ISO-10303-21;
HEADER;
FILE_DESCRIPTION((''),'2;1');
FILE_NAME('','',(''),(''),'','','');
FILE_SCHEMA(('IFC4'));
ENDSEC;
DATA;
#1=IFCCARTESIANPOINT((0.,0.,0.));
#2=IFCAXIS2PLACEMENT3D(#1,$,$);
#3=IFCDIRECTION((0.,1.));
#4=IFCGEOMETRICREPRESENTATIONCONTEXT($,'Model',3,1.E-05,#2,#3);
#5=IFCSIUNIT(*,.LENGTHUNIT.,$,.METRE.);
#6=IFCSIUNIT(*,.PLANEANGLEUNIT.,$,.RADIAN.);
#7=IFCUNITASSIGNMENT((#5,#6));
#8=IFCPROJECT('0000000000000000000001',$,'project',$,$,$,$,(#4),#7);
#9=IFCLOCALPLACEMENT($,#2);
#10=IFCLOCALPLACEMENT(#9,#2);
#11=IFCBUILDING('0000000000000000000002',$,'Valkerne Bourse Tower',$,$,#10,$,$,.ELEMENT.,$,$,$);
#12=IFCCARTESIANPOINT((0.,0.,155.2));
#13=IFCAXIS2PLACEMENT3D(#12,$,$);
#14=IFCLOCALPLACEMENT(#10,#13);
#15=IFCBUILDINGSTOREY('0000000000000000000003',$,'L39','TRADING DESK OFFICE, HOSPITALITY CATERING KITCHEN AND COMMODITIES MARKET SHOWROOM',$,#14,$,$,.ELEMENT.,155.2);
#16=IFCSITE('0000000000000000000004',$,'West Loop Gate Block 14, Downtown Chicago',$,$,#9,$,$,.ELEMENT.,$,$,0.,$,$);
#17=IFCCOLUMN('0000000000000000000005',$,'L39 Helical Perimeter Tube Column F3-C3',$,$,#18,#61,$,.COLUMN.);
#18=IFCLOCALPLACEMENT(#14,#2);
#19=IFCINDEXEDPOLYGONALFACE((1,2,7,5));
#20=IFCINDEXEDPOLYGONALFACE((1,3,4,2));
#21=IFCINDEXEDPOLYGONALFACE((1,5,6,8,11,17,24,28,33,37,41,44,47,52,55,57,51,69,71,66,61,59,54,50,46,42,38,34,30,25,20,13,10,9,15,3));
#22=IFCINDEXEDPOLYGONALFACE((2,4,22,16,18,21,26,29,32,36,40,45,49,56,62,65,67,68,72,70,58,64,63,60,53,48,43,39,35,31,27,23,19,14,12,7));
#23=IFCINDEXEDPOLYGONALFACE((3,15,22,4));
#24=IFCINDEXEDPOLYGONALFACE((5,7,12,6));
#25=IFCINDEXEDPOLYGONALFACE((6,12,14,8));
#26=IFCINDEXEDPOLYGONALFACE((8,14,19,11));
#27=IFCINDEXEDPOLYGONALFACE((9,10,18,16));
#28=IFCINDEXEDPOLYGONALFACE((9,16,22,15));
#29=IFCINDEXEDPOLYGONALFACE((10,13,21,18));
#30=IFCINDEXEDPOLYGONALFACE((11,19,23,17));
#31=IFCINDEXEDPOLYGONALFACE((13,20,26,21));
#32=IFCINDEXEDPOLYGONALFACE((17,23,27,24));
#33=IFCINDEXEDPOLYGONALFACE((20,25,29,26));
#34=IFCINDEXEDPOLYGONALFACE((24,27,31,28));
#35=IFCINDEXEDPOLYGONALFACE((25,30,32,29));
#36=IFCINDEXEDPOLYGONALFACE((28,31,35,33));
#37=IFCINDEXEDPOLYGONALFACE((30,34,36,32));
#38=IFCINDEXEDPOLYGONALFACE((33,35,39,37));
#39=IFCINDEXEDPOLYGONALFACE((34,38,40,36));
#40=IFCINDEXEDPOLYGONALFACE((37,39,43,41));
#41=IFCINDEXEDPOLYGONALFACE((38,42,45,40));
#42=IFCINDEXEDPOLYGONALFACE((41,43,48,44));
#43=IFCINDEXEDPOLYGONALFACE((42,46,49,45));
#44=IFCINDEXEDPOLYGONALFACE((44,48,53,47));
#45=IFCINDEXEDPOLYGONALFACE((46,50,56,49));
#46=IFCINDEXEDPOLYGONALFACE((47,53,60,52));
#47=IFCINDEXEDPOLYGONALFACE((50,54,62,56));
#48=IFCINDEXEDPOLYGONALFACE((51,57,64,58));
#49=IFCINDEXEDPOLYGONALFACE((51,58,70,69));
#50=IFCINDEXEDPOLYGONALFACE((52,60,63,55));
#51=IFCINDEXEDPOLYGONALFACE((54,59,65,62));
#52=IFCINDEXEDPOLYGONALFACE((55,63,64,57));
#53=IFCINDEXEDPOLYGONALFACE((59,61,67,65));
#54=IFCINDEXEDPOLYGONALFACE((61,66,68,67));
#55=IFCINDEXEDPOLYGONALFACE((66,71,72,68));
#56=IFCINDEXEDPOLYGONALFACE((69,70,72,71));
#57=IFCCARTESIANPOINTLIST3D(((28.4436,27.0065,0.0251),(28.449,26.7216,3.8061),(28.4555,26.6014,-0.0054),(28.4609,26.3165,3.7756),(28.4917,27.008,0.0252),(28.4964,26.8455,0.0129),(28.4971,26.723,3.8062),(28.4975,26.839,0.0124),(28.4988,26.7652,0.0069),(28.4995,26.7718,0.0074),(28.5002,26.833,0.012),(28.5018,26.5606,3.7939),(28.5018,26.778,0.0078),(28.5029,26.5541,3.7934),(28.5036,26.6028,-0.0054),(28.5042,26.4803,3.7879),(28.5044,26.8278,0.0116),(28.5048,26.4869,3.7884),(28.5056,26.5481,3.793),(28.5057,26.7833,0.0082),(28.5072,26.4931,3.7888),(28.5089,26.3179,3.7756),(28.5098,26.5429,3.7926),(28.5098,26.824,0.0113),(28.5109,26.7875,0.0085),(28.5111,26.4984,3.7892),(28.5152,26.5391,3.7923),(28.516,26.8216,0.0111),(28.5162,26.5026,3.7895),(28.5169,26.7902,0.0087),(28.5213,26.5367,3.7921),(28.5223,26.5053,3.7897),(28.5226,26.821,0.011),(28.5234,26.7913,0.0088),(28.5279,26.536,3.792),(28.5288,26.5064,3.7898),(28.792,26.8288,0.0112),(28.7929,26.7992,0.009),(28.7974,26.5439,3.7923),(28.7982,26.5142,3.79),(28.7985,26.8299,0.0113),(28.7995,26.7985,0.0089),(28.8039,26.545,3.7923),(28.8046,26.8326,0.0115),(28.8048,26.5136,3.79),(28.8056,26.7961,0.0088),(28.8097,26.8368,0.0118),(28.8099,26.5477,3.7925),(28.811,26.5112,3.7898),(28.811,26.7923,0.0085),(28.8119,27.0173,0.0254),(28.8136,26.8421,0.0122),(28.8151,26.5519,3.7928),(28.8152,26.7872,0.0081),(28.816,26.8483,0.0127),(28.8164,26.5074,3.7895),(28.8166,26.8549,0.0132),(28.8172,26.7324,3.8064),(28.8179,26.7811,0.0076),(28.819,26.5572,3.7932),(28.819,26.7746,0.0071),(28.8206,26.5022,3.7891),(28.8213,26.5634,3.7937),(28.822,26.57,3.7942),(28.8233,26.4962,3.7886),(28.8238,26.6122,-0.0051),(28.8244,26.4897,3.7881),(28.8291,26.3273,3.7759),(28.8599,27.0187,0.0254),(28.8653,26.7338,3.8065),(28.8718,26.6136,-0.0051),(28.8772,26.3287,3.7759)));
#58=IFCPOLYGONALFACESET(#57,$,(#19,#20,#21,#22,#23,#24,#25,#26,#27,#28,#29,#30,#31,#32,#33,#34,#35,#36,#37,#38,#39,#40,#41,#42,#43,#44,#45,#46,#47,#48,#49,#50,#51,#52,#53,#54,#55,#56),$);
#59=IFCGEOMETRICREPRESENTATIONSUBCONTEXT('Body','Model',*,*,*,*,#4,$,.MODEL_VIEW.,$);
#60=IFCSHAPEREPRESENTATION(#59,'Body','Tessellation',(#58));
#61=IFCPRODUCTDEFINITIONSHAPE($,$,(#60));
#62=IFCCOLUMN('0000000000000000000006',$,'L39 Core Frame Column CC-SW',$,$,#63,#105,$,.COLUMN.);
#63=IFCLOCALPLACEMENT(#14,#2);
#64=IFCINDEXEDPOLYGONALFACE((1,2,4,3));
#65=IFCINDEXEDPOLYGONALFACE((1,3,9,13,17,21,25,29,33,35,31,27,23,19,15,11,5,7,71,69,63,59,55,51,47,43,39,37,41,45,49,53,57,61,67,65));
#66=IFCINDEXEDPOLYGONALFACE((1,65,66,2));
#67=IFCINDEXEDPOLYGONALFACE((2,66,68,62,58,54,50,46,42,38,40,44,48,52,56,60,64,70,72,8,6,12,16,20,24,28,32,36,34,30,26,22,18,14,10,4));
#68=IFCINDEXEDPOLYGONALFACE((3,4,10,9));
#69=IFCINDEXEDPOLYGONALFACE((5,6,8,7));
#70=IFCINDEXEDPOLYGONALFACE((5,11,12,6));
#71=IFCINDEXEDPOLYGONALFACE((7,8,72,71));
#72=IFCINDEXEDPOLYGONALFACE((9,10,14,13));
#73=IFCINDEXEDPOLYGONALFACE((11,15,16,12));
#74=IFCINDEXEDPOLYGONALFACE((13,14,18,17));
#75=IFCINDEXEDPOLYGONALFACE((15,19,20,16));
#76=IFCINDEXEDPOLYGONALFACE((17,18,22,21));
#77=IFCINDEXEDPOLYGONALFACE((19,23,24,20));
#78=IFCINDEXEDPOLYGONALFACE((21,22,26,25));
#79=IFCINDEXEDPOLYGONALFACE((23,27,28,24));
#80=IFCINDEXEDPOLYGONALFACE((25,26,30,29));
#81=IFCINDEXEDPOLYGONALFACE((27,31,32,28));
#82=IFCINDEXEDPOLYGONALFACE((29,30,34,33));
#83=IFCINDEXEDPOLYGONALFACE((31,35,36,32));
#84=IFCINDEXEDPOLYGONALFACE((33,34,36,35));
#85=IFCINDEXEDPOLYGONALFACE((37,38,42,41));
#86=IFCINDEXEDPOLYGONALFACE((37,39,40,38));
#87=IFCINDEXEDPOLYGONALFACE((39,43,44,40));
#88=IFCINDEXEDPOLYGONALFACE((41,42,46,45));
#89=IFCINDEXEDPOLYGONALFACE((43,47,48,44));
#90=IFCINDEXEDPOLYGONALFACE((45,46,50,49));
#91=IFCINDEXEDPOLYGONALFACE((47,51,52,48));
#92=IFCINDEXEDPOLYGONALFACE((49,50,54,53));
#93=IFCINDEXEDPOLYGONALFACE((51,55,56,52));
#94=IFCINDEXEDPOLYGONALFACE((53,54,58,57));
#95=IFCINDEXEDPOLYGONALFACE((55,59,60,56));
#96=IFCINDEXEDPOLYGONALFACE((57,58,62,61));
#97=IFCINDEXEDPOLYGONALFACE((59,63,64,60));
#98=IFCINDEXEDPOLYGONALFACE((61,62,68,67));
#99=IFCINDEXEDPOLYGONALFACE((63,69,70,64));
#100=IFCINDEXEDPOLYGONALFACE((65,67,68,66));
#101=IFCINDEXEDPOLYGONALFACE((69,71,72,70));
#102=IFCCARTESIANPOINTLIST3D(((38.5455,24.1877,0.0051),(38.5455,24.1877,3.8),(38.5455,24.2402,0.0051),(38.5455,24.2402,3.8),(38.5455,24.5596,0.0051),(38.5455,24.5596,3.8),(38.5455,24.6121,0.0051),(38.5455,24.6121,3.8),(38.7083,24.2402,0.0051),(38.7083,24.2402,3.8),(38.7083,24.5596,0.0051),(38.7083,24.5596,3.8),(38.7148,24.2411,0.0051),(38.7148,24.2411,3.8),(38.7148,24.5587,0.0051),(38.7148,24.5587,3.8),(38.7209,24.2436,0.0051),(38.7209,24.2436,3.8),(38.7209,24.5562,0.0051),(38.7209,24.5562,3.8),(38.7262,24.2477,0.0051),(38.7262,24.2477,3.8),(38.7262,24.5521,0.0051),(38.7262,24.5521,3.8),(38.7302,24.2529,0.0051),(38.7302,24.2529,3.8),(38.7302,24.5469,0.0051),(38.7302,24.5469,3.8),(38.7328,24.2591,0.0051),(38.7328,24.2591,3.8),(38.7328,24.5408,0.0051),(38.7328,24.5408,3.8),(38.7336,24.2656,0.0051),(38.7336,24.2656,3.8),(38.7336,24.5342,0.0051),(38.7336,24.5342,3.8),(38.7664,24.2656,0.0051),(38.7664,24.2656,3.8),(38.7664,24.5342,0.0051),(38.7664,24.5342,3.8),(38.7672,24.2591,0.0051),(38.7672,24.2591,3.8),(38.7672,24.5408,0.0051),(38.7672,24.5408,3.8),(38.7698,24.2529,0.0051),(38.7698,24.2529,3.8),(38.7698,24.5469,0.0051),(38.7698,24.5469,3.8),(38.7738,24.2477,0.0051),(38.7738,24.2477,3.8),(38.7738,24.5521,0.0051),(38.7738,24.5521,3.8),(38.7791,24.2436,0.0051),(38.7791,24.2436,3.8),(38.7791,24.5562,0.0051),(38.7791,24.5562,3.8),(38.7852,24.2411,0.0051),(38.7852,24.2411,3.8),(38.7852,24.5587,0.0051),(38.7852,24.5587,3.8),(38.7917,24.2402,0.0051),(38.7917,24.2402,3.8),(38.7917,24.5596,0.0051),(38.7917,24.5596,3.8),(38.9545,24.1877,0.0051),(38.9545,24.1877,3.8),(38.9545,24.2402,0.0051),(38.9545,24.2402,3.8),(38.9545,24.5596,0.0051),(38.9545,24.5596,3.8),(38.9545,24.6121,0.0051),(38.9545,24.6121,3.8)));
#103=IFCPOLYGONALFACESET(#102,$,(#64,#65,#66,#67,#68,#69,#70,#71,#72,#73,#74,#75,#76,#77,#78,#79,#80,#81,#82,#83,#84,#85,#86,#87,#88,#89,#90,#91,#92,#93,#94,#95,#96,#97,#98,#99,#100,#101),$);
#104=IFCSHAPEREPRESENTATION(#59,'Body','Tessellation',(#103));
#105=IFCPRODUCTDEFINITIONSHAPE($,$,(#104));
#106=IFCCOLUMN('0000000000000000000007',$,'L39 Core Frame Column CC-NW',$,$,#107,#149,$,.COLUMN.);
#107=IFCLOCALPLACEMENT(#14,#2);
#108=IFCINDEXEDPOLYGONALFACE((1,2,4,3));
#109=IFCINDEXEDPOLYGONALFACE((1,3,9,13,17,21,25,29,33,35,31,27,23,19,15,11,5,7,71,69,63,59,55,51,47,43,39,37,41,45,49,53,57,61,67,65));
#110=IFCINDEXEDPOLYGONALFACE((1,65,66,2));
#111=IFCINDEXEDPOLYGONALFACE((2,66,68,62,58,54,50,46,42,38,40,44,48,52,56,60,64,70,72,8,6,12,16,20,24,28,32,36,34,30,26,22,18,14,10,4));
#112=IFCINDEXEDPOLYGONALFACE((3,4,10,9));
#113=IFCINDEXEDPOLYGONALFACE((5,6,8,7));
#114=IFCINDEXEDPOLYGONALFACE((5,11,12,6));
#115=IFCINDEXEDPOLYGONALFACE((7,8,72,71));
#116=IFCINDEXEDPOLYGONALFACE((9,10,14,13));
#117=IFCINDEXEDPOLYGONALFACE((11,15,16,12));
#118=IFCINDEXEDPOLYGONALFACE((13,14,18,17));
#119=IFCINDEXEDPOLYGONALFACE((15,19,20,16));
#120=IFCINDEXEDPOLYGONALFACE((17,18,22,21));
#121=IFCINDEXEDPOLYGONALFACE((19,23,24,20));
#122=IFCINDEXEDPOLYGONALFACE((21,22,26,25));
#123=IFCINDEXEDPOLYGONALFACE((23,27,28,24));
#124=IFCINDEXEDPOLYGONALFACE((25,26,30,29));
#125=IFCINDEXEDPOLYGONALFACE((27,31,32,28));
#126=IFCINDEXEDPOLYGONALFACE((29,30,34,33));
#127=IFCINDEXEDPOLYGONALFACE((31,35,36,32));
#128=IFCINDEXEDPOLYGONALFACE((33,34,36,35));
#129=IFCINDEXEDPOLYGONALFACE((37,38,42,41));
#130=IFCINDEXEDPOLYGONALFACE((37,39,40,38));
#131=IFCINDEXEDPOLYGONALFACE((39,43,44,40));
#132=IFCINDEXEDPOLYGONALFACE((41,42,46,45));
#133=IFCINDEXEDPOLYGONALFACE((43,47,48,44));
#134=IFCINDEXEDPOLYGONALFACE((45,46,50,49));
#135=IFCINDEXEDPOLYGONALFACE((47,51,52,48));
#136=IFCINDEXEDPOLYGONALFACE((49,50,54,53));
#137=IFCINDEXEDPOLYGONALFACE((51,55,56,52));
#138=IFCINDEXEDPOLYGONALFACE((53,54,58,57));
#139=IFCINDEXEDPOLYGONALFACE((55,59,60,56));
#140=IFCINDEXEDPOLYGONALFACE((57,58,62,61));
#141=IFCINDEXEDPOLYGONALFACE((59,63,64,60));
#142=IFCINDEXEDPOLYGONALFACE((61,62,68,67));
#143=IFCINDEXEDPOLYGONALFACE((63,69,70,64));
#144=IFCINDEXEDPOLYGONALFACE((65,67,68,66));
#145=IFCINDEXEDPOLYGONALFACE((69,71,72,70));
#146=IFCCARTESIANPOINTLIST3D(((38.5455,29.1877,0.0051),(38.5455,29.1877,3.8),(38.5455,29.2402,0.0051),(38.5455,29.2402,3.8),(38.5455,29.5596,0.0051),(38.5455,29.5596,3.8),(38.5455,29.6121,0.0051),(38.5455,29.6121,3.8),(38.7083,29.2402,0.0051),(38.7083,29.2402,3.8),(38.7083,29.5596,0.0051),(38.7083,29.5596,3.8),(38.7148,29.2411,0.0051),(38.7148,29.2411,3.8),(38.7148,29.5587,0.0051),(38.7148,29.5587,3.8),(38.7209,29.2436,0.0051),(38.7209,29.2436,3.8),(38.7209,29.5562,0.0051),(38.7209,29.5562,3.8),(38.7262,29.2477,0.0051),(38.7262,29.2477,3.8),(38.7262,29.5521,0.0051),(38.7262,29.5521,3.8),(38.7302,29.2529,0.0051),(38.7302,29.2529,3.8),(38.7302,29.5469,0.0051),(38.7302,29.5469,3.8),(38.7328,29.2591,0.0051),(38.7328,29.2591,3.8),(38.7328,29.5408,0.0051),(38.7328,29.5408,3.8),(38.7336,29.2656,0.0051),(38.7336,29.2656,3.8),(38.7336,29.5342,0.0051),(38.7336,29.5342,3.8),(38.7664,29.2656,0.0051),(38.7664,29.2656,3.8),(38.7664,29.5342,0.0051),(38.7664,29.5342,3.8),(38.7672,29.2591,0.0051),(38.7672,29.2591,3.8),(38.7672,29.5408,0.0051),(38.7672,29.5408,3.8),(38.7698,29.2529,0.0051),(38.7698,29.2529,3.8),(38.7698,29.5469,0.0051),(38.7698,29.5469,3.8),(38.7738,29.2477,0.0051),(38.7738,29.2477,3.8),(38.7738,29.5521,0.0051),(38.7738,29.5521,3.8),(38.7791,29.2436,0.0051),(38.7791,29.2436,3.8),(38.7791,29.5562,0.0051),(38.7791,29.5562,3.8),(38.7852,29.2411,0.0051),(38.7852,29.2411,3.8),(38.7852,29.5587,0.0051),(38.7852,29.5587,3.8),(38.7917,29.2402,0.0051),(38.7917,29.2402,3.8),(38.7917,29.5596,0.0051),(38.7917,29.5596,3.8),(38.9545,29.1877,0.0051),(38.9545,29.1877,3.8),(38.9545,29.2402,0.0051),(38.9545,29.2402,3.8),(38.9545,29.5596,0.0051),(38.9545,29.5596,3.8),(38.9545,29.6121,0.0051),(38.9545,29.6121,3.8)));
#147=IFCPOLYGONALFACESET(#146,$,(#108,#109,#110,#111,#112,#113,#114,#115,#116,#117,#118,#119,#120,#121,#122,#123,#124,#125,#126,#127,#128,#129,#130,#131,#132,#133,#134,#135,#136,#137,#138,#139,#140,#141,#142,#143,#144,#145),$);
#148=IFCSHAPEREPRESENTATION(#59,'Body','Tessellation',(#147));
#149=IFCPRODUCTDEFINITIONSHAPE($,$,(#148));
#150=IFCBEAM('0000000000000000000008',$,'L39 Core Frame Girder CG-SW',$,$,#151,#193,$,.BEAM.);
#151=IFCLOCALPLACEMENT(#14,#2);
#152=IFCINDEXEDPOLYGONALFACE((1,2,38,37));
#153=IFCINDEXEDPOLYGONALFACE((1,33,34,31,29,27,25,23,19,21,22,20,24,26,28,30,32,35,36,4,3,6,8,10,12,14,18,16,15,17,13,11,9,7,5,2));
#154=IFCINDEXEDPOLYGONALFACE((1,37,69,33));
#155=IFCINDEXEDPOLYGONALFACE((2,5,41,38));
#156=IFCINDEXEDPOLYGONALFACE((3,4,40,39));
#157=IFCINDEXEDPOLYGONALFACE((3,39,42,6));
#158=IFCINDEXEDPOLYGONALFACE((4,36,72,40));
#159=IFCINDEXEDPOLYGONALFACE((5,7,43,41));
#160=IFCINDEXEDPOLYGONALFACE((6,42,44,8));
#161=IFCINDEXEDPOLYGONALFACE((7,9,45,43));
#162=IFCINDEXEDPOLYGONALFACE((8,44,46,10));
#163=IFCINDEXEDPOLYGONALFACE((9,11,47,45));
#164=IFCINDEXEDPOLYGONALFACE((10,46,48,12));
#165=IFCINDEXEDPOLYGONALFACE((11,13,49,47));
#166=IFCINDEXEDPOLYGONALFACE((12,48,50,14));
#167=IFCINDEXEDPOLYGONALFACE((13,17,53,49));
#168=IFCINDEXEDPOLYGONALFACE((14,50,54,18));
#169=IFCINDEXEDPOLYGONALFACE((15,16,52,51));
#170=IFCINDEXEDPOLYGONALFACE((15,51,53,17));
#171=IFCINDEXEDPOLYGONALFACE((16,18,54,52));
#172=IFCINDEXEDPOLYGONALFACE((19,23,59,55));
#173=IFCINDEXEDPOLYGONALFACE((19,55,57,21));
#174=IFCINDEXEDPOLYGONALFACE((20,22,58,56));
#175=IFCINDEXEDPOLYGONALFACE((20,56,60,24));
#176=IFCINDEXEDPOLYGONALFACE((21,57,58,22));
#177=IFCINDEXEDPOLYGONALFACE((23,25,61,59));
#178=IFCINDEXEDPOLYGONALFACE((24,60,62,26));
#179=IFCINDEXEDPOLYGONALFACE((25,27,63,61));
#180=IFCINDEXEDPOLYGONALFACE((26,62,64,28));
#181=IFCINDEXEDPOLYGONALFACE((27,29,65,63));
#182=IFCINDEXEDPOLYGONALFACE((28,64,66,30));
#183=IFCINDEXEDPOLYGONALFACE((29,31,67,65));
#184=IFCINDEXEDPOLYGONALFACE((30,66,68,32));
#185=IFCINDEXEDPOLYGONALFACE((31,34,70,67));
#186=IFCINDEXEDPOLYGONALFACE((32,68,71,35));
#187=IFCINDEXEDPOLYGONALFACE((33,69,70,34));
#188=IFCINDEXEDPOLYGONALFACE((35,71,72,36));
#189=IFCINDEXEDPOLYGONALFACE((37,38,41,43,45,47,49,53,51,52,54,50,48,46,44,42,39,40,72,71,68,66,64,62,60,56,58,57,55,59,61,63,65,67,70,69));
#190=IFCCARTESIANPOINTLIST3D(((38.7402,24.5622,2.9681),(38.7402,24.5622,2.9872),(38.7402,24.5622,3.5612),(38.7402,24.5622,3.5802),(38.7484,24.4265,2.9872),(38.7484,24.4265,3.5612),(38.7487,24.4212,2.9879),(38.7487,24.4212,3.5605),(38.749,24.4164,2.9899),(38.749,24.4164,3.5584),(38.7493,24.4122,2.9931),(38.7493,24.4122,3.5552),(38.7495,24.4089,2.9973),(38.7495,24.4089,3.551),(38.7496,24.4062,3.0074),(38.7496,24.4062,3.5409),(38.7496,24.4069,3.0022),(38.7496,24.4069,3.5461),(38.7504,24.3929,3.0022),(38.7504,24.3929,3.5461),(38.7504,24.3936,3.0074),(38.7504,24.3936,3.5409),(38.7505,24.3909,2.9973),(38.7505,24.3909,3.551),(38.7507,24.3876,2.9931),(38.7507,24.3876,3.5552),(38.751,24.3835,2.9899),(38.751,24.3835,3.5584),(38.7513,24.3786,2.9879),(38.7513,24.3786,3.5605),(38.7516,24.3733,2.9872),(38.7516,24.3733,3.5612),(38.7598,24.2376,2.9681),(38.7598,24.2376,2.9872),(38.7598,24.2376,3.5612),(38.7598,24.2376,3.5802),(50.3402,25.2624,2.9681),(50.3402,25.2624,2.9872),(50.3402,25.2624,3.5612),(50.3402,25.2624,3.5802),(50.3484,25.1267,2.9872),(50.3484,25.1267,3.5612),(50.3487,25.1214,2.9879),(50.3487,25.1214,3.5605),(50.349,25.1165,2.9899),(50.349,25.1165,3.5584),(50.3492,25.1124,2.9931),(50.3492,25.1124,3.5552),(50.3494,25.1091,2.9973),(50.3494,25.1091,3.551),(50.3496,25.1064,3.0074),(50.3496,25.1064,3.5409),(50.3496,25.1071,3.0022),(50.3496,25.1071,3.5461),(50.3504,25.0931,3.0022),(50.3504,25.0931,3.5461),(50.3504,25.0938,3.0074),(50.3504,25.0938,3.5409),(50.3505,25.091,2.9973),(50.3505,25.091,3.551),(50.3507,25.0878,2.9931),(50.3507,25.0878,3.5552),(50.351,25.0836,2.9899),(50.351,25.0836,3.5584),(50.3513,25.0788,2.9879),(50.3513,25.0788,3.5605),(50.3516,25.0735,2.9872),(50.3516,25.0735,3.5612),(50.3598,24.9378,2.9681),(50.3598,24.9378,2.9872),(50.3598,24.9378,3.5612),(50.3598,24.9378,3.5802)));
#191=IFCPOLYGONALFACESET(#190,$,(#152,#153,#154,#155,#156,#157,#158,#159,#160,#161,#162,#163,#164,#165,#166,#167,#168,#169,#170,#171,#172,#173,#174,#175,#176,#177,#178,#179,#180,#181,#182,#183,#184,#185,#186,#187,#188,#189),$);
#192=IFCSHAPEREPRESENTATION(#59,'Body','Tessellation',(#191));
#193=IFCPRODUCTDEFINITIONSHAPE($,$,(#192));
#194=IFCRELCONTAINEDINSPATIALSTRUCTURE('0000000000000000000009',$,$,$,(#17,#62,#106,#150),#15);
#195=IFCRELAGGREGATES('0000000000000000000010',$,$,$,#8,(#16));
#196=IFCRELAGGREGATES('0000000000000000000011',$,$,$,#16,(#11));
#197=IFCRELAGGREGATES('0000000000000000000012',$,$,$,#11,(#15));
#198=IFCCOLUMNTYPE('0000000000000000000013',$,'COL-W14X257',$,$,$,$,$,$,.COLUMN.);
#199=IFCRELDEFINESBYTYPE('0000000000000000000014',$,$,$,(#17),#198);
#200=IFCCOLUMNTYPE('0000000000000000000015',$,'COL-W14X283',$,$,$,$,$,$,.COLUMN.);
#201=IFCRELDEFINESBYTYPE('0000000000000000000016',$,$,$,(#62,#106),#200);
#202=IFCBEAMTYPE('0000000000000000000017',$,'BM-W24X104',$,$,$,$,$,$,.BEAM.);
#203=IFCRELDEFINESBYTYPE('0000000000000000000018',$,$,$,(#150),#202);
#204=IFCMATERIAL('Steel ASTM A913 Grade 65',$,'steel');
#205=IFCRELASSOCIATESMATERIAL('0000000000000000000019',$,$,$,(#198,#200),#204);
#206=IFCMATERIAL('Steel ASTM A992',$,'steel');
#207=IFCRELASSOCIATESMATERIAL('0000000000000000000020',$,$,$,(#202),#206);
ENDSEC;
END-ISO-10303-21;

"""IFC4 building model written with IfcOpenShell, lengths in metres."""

from ifc_helpers import new_model, si_unit, direction, frame, origin, origin_2d, place, context, subcontext, project, spatial, i_section, extrude, material, material_profile, profile_set, type_object, element, save


model = new_model("IFC4")

# Units and contexts
model_context = context("Model", 3, precision=1e-05, world=origin(), true_north=direction((0.0, 1.0)))
body_context = subcontext(model_context, "Body", "Model", "MODEL_VIEW")
ifc_project = project(units=[si_unit("LENGTHUNIT", "METRE"), si_unit("PLANEANGLEUNIT", "RADIAN")], contexts=[model_context])

# Site, building, storey
site_placement = place(None, origin())
site = spatial("IfcSite", under=ifc_project, at=site_placement, Name="West Loop Gate Block 14, Downtown Chicago", CompositionType="ELEMENT", RefElevation=0.0)
building_placement = place(site_placement, origin())
building = spatial("IfcBuilding", under=site, at=building_placement, Name="Valkerne Bourse Tower", CompositionType="ELEMENT")
storey_placement = place(building_placement, frame((0.0, 0.0, 155.2)))
storey = spatial("IfcBuildingStorey", under=building, at=storey_placement, Name="L39", Description="TRADING DESK OFFICE, HOSPITALITY CATERING KITCHEN AND COMMODITIES MARKET SHOWROOM", CompositionType="ELEMENT", Elevation=155.2)

# Columns
ifc_material_1 = material(Name="Steel ASTM A913 Grade 65", Category="steel")
ifc_material_profile_1 = material_profile(ifc_material_1, i_section(OverallWidth=0.4065, OverallDepth=0.4165, WebThickness=0.0298, FlangeThickness=0.0481, FilletRadius=0.0254, at=origin_2d()), Name="W14X257")
ifc_profile_set_1 = profile_set([ifc_material_profile_1], Name="Steel ASTM A913 Grade 65")
column_type_1 = type_object("IfcColumnType", Name="COL-W14X257", PredefinedType="COLUMN", material=ifc_profile_set_1)
column_placement = place(storey_placement, frame((28.6577, 26.8101, 0.01), z_axis=(0.001417, -0.07514, 0.997172), x_axis=(0.029264, -0.996743, -0.07515)))
element("IfcColumn", 1, at=column_placement, inside=storey, type_object=column_type_1, Name="L39 Helical Perimeter Tube Column F3-C3", PredefinedType="COLUMN", context=body_context, shape_type="SweptSolid", body=[
    extrude(i_section(OverallWidth=0.4065, OverallDepth=0.4165, WebThickness=0.0298, FlangeThickness=0.0481, FilletRadius=0.0254, at=origin_2d()), origin(), (0.0, 0.0, 1.0), 3.7917),
])
ifc_material_profile_2 = material_profile(ifc_material_1, i_section(OverallWidth=0.4089, OverallDepth=0.4243, WebThickness=0.0327, FlangeThickness=0.0525, FilletRadius=0.0254, at=origin_2d()), Name="W14X283")
ifc_profile_set_2 = profile_set([ifc_material_profile_2], Name="Steel ASTM A913 Grade 65")
column_type_2 = type_object("IfcColumnType", Name="COL-W14X283", PredefinedType="COLUMN", material=ifc_profile_set_2)
for number, where, z_axis, x_axis, name in (
    (2, (38.75, 24.3999, 0.0051), (0.0, 0.0, 1.0), (1.0, 0.0, 0.0), "L39 Core Frame Column CC-SW"),
    (3, (38.75, 29.3999, 0.0051), (0.0, 0.0, 1.0), (1.0, 0.0, 0.0), "L39 Core Frame Column CC-NW"),
):
    element("IfcColumn", number, at=place(storey_placement, frame(where, z_axis=z_axis, x_axis=x_axis)), inside=storey, type_object=column_type_2, Name=name, PredefinedType="COLUMN", context=body_context, shape_type="SweptSolid", body=[
        extrude(i_section(OverallWidth=0.4089, OverallDepth=0.4243, WebThickness=0.0327, FlangeThickness=0.0525, FilletRadius=0.0254, at=origin_2d()), origin(), (0.0, 0.0, 1.0), 3.7949),
    ])

# Beam
ifc_material_2 = material(Name="Steel ASTM A992", Category="steel")
ifc_material_profile_3 = material_profile(ifc_material_2, i_section(OverallWidth=0.3252, OverallDepth=0.6121, WebThickness=0.0127, FlangeThickness=0.019, FilletRadius=0.0203, at=origin_2d()), Name="W24X104")
ifc_profile_set_3 = profile_set([ifc_material_profile_3], Name="Steel ASTM A992")
beam_type_1 = type_object("IfcBeamType", Name="BM-W24X104", PredefinedType="BEAM", material=ifc_profile_set_3)
beam_1_placement = place(storey_placement, frame((38.75, 24.3999, 3.2742), z_axis=(0.998183, 0.060251, 0.0), x_axis=(-0.060251, 0.998183, 0.0)))
element("IfcBeam", 4, at=beam_1_placement, inside=storey, type_object=beam_type_1, Name="L39 Core Frame Girder CG-SW", PredefinedType="BEAM", context=body_context, shape_type="SweptSolid", body=[
    extrude(i_section(OverallWidth=0.3252, OverallDepth=0.6121, WebThickness=0.0127, FlangeThickness=0.019, FilletRadius=0.0203, at=origin_2d()), origin(), (0.0, 0.0, 1.0), 11.6211),
])

save(model, "model.ifc")
